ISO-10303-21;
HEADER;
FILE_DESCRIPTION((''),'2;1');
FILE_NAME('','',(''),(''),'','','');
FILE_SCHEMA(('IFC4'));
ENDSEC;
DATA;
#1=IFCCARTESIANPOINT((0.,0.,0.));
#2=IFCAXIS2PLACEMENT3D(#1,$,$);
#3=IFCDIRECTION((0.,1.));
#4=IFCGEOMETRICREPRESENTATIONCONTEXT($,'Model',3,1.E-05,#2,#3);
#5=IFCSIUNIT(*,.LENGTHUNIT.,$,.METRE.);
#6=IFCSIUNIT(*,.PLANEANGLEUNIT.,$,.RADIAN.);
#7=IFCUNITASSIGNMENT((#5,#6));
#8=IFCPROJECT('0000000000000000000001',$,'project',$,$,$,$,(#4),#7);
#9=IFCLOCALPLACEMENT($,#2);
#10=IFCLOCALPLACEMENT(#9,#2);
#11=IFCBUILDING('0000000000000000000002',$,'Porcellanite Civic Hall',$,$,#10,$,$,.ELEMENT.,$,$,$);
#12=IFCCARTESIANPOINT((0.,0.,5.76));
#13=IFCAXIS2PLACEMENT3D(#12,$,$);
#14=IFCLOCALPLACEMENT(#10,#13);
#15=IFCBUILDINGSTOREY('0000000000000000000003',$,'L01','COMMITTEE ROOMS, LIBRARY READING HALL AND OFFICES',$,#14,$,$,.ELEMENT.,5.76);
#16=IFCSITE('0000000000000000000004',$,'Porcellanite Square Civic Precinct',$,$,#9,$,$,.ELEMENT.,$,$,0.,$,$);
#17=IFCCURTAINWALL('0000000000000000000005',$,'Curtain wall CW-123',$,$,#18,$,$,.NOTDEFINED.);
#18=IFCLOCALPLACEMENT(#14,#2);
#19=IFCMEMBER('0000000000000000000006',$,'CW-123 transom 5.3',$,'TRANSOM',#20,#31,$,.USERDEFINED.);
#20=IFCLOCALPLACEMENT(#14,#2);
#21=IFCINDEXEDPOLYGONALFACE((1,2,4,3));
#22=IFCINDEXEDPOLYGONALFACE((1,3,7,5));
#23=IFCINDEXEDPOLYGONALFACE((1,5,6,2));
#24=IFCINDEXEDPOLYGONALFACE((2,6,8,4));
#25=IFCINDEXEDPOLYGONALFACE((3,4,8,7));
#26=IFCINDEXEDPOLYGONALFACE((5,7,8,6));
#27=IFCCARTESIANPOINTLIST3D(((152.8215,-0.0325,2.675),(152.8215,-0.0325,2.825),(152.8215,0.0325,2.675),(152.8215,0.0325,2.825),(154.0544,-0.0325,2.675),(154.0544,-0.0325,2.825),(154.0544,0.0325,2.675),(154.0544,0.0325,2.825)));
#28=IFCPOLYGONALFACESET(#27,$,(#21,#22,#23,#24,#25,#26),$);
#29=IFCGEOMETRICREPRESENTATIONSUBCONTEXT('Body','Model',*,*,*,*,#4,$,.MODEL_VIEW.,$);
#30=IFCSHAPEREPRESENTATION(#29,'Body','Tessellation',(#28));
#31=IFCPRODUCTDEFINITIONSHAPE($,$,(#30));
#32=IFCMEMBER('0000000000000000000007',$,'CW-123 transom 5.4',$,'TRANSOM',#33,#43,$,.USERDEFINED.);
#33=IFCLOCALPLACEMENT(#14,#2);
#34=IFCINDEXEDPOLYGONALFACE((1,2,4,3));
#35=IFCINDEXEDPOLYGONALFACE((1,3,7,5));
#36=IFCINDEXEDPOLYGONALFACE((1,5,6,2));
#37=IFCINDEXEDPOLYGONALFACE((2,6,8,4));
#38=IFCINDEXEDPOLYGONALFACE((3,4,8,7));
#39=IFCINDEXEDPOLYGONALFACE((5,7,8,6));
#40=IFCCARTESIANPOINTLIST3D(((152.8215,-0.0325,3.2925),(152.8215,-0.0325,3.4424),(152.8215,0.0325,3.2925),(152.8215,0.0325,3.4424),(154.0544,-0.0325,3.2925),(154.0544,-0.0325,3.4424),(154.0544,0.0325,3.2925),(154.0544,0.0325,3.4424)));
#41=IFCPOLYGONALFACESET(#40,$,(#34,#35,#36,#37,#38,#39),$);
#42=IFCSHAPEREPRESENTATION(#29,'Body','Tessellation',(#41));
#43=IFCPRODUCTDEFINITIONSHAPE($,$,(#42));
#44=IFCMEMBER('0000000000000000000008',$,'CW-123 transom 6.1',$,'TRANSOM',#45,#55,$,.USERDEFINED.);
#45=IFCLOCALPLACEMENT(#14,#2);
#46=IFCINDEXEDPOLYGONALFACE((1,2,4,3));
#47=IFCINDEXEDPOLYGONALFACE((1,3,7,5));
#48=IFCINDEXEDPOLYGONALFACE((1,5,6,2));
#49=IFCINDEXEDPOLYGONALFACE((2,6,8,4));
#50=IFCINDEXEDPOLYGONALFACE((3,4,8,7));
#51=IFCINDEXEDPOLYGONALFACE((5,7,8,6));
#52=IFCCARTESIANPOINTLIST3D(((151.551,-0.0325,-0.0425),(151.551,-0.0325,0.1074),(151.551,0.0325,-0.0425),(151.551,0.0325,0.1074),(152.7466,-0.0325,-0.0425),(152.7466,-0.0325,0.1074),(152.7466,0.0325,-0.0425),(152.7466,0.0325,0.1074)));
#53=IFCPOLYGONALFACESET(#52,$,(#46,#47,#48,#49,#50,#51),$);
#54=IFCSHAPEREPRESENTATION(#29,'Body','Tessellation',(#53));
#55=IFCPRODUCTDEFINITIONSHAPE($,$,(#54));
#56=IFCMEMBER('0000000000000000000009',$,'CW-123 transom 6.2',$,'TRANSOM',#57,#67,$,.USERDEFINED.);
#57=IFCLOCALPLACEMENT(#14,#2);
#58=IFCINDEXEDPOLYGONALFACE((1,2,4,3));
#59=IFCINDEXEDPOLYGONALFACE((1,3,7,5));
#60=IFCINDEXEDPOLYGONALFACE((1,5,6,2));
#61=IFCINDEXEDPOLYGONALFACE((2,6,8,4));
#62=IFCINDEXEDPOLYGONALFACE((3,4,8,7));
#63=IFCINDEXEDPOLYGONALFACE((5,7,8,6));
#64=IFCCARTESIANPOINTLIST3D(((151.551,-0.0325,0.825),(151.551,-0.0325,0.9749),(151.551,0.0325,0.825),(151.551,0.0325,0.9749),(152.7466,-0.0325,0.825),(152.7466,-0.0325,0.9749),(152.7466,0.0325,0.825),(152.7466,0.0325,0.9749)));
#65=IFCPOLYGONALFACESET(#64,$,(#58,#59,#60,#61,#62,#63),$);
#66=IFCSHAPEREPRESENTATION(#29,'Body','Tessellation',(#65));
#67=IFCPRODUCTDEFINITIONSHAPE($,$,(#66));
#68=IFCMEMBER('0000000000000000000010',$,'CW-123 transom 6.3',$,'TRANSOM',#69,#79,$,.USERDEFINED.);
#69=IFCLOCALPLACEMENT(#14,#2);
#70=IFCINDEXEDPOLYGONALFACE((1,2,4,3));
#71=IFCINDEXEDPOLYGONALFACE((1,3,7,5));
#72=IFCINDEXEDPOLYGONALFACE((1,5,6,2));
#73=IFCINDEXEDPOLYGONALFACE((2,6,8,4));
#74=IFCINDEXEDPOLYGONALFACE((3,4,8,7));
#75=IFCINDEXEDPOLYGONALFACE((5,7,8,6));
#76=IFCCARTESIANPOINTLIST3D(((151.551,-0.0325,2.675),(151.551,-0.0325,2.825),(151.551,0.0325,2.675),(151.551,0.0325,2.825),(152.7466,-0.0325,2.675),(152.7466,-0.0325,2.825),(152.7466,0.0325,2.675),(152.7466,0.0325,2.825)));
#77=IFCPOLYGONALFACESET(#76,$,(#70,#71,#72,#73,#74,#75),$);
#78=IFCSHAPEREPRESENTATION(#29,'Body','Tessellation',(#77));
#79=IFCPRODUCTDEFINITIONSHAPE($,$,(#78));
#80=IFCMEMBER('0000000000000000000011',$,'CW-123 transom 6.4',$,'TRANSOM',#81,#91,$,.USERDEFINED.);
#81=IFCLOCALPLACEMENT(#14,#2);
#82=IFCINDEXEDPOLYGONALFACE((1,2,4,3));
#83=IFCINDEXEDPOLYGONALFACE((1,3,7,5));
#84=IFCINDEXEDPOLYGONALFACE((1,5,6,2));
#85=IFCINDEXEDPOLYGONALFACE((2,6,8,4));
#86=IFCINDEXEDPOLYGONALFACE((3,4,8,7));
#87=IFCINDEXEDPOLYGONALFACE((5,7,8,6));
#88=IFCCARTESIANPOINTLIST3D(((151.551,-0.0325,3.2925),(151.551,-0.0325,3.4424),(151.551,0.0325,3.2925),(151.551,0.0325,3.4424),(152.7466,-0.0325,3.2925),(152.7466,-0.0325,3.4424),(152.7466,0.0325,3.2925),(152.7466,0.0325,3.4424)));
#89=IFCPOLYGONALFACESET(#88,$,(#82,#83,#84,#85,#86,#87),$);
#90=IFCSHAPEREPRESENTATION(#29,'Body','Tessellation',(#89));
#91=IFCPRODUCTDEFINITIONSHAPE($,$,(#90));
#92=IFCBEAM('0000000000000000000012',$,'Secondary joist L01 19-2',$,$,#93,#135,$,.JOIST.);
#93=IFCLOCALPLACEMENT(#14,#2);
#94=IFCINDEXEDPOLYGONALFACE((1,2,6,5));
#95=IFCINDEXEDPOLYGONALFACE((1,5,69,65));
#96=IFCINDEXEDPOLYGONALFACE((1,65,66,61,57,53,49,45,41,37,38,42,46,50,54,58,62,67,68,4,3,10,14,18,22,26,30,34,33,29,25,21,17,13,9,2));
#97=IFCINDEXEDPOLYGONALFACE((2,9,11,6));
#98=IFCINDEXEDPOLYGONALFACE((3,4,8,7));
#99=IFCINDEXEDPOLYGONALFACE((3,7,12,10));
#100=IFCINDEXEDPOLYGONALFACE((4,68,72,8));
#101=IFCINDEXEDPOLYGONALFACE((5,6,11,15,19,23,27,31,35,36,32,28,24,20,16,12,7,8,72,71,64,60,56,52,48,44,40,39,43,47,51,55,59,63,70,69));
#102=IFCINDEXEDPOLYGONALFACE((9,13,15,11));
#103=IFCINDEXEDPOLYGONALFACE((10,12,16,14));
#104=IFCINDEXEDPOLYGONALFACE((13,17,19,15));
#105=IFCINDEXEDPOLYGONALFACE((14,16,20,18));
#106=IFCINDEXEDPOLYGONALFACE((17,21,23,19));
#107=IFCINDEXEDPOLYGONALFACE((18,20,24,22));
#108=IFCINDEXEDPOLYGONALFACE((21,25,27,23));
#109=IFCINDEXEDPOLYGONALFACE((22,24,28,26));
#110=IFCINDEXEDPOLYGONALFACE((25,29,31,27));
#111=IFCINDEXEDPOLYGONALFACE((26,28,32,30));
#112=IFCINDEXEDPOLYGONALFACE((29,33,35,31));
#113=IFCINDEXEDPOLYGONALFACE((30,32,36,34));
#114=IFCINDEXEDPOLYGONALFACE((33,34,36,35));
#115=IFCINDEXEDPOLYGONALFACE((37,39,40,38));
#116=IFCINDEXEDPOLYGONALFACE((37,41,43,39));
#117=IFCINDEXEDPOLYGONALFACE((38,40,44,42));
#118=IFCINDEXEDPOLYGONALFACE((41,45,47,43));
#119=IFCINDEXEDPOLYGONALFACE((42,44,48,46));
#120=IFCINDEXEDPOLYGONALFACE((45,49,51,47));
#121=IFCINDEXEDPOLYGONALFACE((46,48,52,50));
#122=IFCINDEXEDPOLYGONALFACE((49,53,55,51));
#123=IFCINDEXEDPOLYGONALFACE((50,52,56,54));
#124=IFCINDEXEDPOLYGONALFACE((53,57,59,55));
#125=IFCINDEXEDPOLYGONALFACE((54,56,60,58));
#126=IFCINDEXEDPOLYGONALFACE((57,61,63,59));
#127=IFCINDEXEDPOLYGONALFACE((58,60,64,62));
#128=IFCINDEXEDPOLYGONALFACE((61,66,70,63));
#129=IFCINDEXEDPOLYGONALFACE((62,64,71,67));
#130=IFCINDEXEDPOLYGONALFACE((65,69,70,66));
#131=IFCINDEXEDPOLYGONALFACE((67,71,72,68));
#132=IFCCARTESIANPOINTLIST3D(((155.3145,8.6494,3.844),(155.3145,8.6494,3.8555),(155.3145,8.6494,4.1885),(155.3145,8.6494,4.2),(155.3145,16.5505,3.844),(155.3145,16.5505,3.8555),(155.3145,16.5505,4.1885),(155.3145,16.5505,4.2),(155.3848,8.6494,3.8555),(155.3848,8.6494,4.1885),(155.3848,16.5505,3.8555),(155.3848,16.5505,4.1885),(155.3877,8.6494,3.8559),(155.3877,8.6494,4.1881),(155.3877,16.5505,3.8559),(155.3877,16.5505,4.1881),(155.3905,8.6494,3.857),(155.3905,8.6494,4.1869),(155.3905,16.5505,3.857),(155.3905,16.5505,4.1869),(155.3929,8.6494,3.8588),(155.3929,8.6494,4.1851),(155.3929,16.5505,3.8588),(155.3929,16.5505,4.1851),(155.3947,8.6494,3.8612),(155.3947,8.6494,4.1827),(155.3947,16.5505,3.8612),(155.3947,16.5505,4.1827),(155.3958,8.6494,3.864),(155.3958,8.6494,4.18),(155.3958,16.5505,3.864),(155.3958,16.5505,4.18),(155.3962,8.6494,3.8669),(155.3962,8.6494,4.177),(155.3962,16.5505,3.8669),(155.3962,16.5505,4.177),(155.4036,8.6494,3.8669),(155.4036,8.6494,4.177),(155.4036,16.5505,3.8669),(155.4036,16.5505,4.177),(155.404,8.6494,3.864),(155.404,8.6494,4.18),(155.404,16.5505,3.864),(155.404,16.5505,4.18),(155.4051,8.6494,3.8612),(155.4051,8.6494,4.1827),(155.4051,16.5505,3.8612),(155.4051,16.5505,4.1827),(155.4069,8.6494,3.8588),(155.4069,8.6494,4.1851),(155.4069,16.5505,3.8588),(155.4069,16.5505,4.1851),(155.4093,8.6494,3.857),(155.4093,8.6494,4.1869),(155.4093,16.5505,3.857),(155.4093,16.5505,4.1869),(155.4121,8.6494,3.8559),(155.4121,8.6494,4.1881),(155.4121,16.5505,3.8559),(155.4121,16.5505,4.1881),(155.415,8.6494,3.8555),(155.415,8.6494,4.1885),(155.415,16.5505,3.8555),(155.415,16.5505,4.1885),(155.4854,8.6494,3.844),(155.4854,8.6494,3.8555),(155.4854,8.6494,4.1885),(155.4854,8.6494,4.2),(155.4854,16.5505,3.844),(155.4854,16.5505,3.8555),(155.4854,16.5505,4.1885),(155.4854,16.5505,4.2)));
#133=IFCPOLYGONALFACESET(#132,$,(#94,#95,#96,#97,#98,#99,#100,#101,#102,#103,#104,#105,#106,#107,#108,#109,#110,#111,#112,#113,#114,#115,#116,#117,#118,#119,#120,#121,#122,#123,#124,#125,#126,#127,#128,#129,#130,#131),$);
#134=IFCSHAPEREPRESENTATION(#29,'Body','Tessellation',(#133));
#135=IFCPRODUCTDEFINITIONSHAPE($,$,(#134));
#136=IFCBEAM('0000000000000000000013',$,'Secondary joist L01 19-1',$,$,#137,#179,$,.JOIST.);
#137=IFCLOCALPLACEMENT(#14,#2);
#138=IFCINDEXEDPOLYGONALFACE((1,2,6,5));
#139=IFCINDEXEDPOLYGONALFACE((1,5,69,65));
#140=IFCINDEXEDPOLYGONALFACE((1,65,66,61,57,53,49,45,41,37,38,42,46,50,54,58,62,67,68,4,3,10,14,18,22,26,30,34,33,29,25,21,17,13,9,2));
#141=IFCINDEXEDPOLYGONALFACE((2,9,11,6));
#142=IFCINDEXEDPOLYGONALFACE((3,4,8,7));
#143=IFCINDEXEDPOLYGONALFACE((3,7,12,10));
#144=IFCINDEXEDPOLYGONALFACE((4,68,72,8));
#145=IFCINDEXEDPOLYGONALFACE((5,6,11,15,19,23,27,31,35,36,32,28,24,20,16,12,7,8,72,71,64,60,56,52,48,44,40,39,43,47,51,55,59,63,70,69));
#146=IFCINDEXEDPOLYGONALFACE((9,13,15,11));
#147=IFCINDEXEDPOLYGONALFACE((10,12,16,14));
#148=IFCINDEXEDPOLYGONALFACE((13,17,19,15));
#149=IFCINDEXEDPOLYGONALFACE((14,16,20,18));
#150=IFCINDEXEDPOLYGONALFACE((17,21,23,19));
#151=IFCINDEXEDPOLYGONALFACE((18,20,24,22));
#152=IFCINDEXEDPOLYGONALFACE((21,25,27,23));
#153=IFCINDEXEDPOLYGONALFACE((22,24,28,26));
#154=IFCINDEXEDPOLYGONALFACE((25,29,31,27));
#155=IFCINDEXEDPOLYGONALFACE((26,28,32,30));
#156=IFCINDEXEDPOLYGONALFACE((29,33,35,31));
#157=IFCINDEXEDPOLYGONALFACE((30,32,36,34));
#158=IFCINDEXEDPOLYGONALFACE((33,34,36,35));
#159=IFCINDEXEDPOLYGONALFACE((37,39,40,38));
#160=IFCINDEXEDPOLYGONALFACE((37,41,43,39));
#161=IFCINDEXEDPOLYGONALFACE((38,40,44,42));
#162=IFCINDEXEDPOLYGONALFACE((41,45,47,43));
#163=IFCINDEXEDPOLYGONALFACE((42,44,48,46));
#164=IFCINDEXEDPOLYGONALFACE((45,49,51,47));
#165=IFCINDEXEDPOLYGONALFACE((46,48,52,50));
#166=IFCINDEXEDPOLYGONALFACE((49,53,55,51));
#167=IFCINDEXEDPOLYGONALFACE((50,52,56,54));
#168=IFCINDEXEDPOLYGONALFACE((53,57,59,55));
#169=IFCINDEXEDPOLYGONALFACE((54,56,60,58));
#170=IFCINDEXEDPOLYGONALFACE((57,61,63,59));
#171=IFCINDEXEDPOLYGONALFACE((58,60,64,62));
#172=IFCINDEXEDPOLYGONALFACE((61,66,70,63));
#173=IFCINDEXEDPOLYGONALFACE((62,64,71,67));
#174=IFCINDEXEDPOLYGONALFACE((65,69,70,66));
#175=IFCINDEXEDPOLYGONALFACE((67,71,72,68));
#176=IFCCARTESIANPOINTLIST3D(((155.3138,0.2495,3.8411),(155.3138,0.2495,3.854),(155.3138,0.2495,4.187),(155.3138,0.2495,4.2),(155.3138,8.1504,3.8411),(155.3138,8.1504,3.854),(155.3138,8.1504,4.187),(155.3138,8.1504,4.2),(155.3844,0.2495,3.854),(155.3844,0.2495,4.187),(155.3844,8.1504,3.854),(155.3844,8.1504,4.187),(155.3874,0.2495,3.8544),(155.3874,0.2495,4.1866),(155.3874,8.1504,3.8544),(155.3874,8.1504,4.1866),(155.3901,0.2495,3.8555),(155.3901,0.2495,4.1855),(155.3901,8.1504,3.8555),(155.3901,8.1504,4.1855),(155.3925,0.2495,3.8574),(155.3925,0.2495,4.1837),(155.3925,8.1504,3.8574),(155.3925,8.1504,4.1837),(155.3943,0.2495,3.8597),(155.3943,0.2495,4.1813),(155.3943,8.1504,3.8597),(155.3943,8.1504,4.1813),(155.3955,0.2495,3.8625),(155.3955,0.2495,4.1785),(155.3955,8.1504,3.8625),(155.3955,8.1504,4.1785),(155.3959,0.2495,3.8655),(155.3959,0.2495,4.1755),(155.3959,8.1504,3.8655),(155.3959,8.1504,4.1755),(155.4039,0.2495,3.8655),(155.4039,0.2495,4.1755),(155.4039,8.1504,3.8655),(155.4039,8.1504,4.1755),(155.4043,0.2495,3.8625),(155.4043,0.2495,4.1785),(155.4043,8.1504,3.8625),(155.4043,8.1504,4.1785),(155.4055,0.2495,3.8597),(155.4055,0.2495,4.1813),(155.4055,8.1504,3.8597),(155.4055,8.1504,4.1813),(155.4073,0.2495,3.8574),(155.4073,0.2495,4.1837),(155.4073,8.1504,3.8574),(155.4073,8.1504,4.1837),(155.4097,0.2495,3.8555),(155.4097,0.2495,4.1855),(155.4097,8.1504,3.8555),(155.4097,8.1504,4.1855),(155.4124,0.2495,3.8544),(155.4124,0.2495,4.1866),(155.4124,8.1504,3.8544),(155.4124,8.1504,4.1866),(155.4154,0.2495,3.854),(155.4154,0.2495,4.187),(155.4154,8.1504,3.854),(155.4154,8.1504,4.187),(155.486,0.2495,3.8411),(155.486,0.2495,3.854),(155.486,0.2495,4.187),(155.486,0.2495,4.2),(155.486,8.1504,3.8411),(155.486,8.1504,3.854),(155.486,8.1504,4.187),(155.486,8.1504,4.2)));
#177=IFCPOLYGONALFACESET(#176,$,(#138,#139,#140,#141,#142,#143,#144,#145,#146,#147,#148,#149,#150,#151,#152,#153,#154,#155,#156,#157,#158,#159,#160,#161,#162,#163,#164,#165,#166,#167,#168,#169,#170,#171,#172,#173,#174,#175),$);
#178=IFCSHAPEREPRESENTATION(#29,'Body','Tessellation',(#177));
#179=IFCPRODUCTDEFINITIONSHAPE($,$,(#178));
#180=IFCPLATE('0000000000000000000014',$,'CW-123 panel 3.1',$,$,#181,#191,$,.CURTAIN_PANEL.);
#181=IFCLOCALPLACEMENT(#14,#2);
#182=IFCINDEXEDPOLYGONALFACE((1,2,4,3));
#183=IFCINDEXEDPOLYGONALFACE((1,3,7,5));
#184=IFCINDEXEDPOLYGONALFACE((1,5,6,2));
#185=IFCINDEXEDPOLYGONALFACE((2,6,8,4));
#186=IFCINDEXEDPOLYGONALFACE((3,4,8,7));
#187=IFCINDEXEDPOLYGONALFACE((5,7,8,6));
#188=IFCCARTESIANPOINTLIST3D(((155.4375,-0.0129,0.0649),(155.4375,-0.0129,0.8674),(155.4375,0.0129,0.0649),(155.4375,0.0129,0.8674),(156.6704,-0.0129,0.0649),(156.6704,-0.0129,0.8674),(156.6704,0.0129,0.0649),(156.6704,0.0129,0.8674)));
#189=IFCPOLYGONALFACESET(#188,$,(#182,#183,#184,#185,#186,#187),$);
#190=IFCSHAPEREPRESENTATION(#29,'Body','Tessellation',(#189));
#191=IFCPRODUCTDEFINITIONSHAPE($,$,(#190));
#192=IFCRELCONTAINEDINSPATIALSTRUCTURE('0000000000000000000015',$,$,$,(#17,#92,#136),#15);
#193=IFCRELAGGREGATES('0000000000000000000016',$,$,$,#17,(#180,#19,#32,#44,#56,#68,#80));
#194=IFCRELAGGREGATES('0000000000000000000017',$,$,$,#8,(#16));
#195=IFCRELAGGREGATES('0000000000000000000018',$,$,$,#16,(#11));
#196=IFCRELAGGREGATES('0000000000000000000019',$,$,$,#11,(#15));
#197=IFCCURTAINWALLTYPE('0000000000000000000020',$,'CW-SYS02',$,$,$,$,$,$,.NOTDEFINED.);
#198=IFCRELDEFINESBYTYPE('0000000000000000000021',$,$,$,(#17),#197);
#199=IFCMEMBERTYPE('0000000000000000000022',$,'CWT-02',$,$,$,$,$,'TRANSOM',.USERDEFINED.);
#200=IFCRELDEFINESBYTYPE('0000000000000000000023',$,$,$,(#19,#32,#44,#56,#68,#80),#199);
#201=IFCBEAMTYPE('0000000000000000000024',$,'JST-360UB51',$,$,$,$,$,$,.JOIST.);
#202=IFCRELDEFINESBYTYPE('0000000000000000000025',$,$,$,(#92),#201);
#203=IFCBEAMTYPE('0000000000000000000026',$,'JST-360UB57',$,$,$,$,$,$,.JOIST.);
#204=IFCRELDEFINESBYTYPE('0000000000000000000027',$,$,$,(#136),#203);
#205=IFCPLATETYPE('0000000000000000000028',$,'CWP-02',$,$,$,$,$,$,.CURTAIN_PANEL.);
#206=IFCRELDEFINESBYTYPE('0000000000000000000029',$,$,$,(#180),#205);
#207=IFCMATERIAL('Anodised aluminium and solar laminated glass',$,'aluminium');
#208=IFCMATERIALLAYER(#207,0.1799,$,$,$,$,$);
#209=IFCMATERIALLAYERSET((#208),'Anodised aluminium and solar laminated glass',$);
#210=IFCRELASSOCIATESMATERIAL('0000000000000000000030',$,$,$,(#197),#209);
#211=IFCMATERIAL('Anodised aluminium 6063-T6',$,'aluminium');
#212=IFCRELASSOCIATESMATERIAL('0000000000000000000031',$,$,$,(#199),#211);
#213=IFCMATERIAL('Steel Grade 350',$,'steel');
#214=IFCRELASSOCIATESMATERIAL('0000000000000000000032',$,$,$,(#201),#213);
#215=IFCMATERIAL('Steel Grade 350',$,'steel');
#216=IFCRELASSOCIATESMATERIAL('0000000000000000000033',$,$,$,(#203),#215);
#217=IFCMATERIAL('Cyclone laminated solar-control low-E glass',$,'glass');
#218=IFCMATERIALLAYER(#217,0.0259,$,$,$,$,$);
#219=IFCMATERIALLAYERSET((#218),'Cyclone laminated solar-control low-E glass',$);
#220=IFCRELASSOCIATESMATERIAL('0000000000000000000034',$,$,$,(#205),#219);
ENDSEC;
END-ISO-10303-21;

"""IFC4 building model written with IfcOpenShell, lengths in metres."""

from ifc_helpers import new_model, si_unit, direction, frame, origin, origin_2d, place, context, subcontext, project, spatial, rectangle, i_section, extrude, material, layer, layer_set, material_profile, profile_set, type_object, element, aggregate, save


model = new_model("IFC4")

# Units and contexts
model_context = context("Model", 3, precision=1e-05, world=origin(), true_north=direction((0.0, 1.0)))
body_context = subcontext(model_context, "Body", "Model", "MODEL_VIEW")
ifc_project = project(units=[si_unit("LENGTHUNIT", "METRE"), si_unit("PLANEANGLEUNIT", "RADIAN")], contexts=[model_context])

# Site, building, storey
site_placement = place(None, origin())
site = spatial("IfcSite", under=ifc_project, at=site_placement, Name="Porcellanite Square Civic Precinct", CompositionType="ELEMENT", RefElevation=0.0)
building_placement = place(site_placement, origin())
building = spatial("IfcBuilding", under=site, at=building_placement, Name="Porcellanite Civic Hall", CompositionType="ELEMENT")
storey_placement = place(building_placement, frame((0.0, 0.0, 5.76)))
storey = spatial("IfcBuildingStorey", under=building, at=storey_placement, Name="L01", Description="COMMITTEE ROOMS, LIBRARY READING HALL AND OFFICES", CompositionType="ELEMENT", Elevation=5.76)

# Curtain wall, members
ifc_material_1 = material(Name="Anodised aluminium and solar laminated glass", Category="aluminium")
ifc_layer_1 = layer(ifc_material_1, 0.1799)
ifc_layer_set_1 = layer_set([ifc_layer_1], Name="Anodised aluminium and solar laminated glass")
curtain_wall_type = type_object("IfcCurtainWallType", Name="CW-SYS02", PredefinedType="NOTDEFINED", material=ifc_layer_set_1)
curtain_wall_placement = place(storey_placement, origin())
curtain_wall = element("IfcCurtainWall", 1, at=curtain_wall_placement, inside=storey, type_object=curtain_wall_type, Name="Curtain wall CW-123", PredefinedType="NOTDEFINED")
ifc_material_2 = material(Name="Anodised aluminium 6063-T6", Category="aluminium")
ifc_material_profile_1 = material_profile(ifc_material_2, rectangle(XDim=0.0649, YDim=0.1499, at=origin_2d()), Name="AL-65x150")
ifc_profile_set_1 = profile_set([ifc_material_profile_1], Name="Anodised aluminium 6063-T6")
member_type_1 = type_object("IfcMemberType", Name="CWT-02", ElementType="TRANSOM", PredefinedType="USERDEFINED", material=ifc_profile_set_1)
member_1_placement = place(storey_placement, frame((154.0544, 0.0, 2.75), z_axis=(-1.0, 0.0, 0.0), x_axis=(0.0, -1.0, 0.0)))
member_1 = element("IfcMember", 2, at=member_1_placement, type_object=member_type_1, Name="CW-123 transom 5.3", ObjectType="TRANSOM", PredefinedType="USERDEFINED", context=body_context, shape_type="SweptSolid", body=[
    extrude(rectangle(XDim=0.0649, YDim=0.1499, at=origin_2d()), origin(), (0.0, 0.0, 1.0), 1.2329),
])
member_2_placement = place(storey_placement, frame((154.0544, 0.0, 3.3674), z_axis=(-1.0, 0.0, 0.0), x_axis=(0.0, -1.0, 0.0)))
member_2 = element("IfcMember", 3, at=member_2_placement, type_object=member_type_1, Name="CW-123 transom 5.4", ObjectType="TRANSOM", PredefinedType="USERDEFINED", context=body_context, shape_type="SweptSolid", body=[
    extrude(rectangle(XDim=0.0649, YDim=0.1499, at=origin_2d()), origin(), (0.0, 0.0, 1.0), 1.2329),
])
member_3_placement = place(storey_placement, frame((152.7466, 0.0, 0.0325), z_axis=(-1.0, 0.0, 0.0), x_axis=(0.0, -1.0, 0.0)))
member_3 = element("IfcMember", 4, at=member_3_placement, type_object=member_type_1, Name="CW-123 transom 6.1", ObjectType="TRANSOM", PredefinedType="USERDEFINED", context=body_context, shape_type="SweptSolid", body=[
    extrude(rectangle(XDim=0.0649, YDim=0.1499, at=origin_2d()), origin(), (0.0, 0.0, 1.0), 1.1956),
])
member_4_placement = place(storey_placement, frame((152.7466, 0.0, 0.8999), z_axis=(-1.0, 0.0, 0.0), x_axis=(0.0, -1.0, 0.0)))
member_4 = element("IfcMember", 5, at=member_4_placement, type_object=member_type_1, Name="CW-123 transom 6.2", ObjectType="TRANSOM", PredefinedType="USERDEFINED", context=body_context, shape_type="SweptSolid", body=[
    extrude(rectangle(XDim=0.0649, YDim=0.1499, at=origin_2d()), origin(), (0.0, 0.0, 1.0), 1.1956),
])
member_5_placement = place(storey_placement, frame((152.7466, 0.0, 2.75), z_axis=(-1.0, 0.0, 0.0), x_axis=(0.0, -1.0, 0.0)))
member_5 = element("IfcMember", 6, at=member_5_placement, type_object=member_type_1, Name="CW-123 transom 6.3", ObjectType="TRANSOM", PredefinedType="USERDEFINED", context=body_context, shape_type="SweptSolid", body=[
    extrude(rectangle(XDim=0.0649, YDim=0.1499, at=origin_2d()), origin(), (0.0, 0.0, 1.0), 1.1956),
])
member_6_placement = place(storey_placement, frame((152.7466, 0.0, 3.3674), z_axis=(-1.0, 0.0, 0.0), x_axis=(0.0, -1.0, 0.0)))
member_6 = element("IfcMember", 7, at=member_6_placement, type_object=member_type_1, Name="CW-123 transom 6.4", ObjectType="TRANSOM", PredefinedType="USERDEFINED", context=body_context, shape_type="SweptSolid", body=[
    extrude(rectangle(XDim=0.0649, YDim=0.1499, at=origin_2d()), origin(), (0.0, 0.0, 1.0), 1.1956),
])

# Beams
ifc_material_3 = material(Name="Steel Grade 350", Category="steel")
ifc_material_profile_2 = material_profile(ifc_material_3, i_section(OverallWidth=0.1709, OverallDepth=0.356, WebThickness=0.0073, FlangeThickness=0.0115, FilletRadius=0.0115, at=origin_2d()), Name="360UB50.7")
ifc_profile_set_2 = profile_set([ifc_material_profile_2], Name="Steel Grade 350")
beam_type_1 = type_object("IfcBeamType", Name="JST-360UB51", PredefinedType="JOIST", material=ifc_profile_set_2)
beam_1_placement = place(storey_placement, frame((155.3999, 8.6494, 4.022), z_axis=(0.0, 1.0, 0.0), x_axis=(-1.0, 0.0, 0.0)))
element("IfcBeam", 8, at=beam_1_placement, inside=storey, type_object=beam_type_1, Name="Secondary joist L01 19-2", PredefinedType="JOIST", context=body_context, shape_type="SweptSolid", body=[
    extrude(i_section(OverallWidth=0.1709, OverallDepth=0.356, WebThickness=0.0073, FlangeThickness=0.0115, FilletRadius=0.0115, at=origin_2d()), origin(), (0.0, 0.0, 1.0), 7.9011),
])
ifc_material_4 = material(Name="Steel Grade 350", Category="steel")
ifc_material_profile_3 = material_profile(ifc_material_4, i_section(OverallWidth=0.1721, OverallDepth=0.3589, WebThickness=0.0081, FlangeThickness=0.0129, FilletRadius=0.0115, at=origin_2d()), Name="360UB56.7")
ifc_profile_set_3 = profile_set([ifc_material_profile_3], Name="Steel Grade 350")
beam_type_2 = type_object("IfcBeamType", Name="JST-360UB57", PredefinedType="JOIST", material=ifc_profile_set_3)
beam_2_placement = place(storey_placement, frame((155.3999, 0.2495, 4.0205), z_axis=(0.0, 1.0, 0.0), x_axis=(-1.0, 0.0, 0.0)))
element("IfcBeam", 9, at=beam_2_placement, inside=storey, type_object=beam_type_2, Name="Secondary joist L01 19-1", PredefinedType="JOIST", context=body_context, shape_type="SweptSolid", body=[
    extrude(i_section(OverallWidth=0.1721, OverallDepth=0.3589, WebThickness=0.0081, FlangeThickness=0.0129, FilletRadius=0.0115, at=origin_2d()), origin(), (0.0, 0.0, 1.0), 7.9009),
])

# Plate
ifc_material_5 = material(Name="Cyclone laminated solar-control low-E glass", Category="glass")
ifc_layer_2 = layer(ifc_material_5, 0.0259)
ifc_layer_set_2 = layer_set([ifc_layer_2], Name="Cyclone laminated solar-control low-E glass")
plate_type = type_object("IfcPlateType", Name="CWP-02", PredefinedType="CURTAIN_PANEL", material=ifc_layer_set_2)
plate_1_placement = place(storey_placement, frame((156.054, 0.0, 0.0649), z_axis=(0.0, 0.0, 1.0), x_axis=(-1.0, 0.0, 0.0)))
plate_1 = element("IfcPlate", 10, at=plate_1_placement, type_object=plate_type, Name="CW-123 panel 3.1", PredefinedType="CURTAIN_PANEL", context=body_context, shape_type="SweptSolid", body=[
    extrude(rectangle(XDim=1.2329, YDim=0.0259, at=origin_2d()), origin(), (0.0, 0.0, 1.0), 0.8025),
])
aggregate(curtain_wall, [plate_1, member_1, member_2, member_3, member_4, member_5, member_6])

save(model, "model.ifc")
